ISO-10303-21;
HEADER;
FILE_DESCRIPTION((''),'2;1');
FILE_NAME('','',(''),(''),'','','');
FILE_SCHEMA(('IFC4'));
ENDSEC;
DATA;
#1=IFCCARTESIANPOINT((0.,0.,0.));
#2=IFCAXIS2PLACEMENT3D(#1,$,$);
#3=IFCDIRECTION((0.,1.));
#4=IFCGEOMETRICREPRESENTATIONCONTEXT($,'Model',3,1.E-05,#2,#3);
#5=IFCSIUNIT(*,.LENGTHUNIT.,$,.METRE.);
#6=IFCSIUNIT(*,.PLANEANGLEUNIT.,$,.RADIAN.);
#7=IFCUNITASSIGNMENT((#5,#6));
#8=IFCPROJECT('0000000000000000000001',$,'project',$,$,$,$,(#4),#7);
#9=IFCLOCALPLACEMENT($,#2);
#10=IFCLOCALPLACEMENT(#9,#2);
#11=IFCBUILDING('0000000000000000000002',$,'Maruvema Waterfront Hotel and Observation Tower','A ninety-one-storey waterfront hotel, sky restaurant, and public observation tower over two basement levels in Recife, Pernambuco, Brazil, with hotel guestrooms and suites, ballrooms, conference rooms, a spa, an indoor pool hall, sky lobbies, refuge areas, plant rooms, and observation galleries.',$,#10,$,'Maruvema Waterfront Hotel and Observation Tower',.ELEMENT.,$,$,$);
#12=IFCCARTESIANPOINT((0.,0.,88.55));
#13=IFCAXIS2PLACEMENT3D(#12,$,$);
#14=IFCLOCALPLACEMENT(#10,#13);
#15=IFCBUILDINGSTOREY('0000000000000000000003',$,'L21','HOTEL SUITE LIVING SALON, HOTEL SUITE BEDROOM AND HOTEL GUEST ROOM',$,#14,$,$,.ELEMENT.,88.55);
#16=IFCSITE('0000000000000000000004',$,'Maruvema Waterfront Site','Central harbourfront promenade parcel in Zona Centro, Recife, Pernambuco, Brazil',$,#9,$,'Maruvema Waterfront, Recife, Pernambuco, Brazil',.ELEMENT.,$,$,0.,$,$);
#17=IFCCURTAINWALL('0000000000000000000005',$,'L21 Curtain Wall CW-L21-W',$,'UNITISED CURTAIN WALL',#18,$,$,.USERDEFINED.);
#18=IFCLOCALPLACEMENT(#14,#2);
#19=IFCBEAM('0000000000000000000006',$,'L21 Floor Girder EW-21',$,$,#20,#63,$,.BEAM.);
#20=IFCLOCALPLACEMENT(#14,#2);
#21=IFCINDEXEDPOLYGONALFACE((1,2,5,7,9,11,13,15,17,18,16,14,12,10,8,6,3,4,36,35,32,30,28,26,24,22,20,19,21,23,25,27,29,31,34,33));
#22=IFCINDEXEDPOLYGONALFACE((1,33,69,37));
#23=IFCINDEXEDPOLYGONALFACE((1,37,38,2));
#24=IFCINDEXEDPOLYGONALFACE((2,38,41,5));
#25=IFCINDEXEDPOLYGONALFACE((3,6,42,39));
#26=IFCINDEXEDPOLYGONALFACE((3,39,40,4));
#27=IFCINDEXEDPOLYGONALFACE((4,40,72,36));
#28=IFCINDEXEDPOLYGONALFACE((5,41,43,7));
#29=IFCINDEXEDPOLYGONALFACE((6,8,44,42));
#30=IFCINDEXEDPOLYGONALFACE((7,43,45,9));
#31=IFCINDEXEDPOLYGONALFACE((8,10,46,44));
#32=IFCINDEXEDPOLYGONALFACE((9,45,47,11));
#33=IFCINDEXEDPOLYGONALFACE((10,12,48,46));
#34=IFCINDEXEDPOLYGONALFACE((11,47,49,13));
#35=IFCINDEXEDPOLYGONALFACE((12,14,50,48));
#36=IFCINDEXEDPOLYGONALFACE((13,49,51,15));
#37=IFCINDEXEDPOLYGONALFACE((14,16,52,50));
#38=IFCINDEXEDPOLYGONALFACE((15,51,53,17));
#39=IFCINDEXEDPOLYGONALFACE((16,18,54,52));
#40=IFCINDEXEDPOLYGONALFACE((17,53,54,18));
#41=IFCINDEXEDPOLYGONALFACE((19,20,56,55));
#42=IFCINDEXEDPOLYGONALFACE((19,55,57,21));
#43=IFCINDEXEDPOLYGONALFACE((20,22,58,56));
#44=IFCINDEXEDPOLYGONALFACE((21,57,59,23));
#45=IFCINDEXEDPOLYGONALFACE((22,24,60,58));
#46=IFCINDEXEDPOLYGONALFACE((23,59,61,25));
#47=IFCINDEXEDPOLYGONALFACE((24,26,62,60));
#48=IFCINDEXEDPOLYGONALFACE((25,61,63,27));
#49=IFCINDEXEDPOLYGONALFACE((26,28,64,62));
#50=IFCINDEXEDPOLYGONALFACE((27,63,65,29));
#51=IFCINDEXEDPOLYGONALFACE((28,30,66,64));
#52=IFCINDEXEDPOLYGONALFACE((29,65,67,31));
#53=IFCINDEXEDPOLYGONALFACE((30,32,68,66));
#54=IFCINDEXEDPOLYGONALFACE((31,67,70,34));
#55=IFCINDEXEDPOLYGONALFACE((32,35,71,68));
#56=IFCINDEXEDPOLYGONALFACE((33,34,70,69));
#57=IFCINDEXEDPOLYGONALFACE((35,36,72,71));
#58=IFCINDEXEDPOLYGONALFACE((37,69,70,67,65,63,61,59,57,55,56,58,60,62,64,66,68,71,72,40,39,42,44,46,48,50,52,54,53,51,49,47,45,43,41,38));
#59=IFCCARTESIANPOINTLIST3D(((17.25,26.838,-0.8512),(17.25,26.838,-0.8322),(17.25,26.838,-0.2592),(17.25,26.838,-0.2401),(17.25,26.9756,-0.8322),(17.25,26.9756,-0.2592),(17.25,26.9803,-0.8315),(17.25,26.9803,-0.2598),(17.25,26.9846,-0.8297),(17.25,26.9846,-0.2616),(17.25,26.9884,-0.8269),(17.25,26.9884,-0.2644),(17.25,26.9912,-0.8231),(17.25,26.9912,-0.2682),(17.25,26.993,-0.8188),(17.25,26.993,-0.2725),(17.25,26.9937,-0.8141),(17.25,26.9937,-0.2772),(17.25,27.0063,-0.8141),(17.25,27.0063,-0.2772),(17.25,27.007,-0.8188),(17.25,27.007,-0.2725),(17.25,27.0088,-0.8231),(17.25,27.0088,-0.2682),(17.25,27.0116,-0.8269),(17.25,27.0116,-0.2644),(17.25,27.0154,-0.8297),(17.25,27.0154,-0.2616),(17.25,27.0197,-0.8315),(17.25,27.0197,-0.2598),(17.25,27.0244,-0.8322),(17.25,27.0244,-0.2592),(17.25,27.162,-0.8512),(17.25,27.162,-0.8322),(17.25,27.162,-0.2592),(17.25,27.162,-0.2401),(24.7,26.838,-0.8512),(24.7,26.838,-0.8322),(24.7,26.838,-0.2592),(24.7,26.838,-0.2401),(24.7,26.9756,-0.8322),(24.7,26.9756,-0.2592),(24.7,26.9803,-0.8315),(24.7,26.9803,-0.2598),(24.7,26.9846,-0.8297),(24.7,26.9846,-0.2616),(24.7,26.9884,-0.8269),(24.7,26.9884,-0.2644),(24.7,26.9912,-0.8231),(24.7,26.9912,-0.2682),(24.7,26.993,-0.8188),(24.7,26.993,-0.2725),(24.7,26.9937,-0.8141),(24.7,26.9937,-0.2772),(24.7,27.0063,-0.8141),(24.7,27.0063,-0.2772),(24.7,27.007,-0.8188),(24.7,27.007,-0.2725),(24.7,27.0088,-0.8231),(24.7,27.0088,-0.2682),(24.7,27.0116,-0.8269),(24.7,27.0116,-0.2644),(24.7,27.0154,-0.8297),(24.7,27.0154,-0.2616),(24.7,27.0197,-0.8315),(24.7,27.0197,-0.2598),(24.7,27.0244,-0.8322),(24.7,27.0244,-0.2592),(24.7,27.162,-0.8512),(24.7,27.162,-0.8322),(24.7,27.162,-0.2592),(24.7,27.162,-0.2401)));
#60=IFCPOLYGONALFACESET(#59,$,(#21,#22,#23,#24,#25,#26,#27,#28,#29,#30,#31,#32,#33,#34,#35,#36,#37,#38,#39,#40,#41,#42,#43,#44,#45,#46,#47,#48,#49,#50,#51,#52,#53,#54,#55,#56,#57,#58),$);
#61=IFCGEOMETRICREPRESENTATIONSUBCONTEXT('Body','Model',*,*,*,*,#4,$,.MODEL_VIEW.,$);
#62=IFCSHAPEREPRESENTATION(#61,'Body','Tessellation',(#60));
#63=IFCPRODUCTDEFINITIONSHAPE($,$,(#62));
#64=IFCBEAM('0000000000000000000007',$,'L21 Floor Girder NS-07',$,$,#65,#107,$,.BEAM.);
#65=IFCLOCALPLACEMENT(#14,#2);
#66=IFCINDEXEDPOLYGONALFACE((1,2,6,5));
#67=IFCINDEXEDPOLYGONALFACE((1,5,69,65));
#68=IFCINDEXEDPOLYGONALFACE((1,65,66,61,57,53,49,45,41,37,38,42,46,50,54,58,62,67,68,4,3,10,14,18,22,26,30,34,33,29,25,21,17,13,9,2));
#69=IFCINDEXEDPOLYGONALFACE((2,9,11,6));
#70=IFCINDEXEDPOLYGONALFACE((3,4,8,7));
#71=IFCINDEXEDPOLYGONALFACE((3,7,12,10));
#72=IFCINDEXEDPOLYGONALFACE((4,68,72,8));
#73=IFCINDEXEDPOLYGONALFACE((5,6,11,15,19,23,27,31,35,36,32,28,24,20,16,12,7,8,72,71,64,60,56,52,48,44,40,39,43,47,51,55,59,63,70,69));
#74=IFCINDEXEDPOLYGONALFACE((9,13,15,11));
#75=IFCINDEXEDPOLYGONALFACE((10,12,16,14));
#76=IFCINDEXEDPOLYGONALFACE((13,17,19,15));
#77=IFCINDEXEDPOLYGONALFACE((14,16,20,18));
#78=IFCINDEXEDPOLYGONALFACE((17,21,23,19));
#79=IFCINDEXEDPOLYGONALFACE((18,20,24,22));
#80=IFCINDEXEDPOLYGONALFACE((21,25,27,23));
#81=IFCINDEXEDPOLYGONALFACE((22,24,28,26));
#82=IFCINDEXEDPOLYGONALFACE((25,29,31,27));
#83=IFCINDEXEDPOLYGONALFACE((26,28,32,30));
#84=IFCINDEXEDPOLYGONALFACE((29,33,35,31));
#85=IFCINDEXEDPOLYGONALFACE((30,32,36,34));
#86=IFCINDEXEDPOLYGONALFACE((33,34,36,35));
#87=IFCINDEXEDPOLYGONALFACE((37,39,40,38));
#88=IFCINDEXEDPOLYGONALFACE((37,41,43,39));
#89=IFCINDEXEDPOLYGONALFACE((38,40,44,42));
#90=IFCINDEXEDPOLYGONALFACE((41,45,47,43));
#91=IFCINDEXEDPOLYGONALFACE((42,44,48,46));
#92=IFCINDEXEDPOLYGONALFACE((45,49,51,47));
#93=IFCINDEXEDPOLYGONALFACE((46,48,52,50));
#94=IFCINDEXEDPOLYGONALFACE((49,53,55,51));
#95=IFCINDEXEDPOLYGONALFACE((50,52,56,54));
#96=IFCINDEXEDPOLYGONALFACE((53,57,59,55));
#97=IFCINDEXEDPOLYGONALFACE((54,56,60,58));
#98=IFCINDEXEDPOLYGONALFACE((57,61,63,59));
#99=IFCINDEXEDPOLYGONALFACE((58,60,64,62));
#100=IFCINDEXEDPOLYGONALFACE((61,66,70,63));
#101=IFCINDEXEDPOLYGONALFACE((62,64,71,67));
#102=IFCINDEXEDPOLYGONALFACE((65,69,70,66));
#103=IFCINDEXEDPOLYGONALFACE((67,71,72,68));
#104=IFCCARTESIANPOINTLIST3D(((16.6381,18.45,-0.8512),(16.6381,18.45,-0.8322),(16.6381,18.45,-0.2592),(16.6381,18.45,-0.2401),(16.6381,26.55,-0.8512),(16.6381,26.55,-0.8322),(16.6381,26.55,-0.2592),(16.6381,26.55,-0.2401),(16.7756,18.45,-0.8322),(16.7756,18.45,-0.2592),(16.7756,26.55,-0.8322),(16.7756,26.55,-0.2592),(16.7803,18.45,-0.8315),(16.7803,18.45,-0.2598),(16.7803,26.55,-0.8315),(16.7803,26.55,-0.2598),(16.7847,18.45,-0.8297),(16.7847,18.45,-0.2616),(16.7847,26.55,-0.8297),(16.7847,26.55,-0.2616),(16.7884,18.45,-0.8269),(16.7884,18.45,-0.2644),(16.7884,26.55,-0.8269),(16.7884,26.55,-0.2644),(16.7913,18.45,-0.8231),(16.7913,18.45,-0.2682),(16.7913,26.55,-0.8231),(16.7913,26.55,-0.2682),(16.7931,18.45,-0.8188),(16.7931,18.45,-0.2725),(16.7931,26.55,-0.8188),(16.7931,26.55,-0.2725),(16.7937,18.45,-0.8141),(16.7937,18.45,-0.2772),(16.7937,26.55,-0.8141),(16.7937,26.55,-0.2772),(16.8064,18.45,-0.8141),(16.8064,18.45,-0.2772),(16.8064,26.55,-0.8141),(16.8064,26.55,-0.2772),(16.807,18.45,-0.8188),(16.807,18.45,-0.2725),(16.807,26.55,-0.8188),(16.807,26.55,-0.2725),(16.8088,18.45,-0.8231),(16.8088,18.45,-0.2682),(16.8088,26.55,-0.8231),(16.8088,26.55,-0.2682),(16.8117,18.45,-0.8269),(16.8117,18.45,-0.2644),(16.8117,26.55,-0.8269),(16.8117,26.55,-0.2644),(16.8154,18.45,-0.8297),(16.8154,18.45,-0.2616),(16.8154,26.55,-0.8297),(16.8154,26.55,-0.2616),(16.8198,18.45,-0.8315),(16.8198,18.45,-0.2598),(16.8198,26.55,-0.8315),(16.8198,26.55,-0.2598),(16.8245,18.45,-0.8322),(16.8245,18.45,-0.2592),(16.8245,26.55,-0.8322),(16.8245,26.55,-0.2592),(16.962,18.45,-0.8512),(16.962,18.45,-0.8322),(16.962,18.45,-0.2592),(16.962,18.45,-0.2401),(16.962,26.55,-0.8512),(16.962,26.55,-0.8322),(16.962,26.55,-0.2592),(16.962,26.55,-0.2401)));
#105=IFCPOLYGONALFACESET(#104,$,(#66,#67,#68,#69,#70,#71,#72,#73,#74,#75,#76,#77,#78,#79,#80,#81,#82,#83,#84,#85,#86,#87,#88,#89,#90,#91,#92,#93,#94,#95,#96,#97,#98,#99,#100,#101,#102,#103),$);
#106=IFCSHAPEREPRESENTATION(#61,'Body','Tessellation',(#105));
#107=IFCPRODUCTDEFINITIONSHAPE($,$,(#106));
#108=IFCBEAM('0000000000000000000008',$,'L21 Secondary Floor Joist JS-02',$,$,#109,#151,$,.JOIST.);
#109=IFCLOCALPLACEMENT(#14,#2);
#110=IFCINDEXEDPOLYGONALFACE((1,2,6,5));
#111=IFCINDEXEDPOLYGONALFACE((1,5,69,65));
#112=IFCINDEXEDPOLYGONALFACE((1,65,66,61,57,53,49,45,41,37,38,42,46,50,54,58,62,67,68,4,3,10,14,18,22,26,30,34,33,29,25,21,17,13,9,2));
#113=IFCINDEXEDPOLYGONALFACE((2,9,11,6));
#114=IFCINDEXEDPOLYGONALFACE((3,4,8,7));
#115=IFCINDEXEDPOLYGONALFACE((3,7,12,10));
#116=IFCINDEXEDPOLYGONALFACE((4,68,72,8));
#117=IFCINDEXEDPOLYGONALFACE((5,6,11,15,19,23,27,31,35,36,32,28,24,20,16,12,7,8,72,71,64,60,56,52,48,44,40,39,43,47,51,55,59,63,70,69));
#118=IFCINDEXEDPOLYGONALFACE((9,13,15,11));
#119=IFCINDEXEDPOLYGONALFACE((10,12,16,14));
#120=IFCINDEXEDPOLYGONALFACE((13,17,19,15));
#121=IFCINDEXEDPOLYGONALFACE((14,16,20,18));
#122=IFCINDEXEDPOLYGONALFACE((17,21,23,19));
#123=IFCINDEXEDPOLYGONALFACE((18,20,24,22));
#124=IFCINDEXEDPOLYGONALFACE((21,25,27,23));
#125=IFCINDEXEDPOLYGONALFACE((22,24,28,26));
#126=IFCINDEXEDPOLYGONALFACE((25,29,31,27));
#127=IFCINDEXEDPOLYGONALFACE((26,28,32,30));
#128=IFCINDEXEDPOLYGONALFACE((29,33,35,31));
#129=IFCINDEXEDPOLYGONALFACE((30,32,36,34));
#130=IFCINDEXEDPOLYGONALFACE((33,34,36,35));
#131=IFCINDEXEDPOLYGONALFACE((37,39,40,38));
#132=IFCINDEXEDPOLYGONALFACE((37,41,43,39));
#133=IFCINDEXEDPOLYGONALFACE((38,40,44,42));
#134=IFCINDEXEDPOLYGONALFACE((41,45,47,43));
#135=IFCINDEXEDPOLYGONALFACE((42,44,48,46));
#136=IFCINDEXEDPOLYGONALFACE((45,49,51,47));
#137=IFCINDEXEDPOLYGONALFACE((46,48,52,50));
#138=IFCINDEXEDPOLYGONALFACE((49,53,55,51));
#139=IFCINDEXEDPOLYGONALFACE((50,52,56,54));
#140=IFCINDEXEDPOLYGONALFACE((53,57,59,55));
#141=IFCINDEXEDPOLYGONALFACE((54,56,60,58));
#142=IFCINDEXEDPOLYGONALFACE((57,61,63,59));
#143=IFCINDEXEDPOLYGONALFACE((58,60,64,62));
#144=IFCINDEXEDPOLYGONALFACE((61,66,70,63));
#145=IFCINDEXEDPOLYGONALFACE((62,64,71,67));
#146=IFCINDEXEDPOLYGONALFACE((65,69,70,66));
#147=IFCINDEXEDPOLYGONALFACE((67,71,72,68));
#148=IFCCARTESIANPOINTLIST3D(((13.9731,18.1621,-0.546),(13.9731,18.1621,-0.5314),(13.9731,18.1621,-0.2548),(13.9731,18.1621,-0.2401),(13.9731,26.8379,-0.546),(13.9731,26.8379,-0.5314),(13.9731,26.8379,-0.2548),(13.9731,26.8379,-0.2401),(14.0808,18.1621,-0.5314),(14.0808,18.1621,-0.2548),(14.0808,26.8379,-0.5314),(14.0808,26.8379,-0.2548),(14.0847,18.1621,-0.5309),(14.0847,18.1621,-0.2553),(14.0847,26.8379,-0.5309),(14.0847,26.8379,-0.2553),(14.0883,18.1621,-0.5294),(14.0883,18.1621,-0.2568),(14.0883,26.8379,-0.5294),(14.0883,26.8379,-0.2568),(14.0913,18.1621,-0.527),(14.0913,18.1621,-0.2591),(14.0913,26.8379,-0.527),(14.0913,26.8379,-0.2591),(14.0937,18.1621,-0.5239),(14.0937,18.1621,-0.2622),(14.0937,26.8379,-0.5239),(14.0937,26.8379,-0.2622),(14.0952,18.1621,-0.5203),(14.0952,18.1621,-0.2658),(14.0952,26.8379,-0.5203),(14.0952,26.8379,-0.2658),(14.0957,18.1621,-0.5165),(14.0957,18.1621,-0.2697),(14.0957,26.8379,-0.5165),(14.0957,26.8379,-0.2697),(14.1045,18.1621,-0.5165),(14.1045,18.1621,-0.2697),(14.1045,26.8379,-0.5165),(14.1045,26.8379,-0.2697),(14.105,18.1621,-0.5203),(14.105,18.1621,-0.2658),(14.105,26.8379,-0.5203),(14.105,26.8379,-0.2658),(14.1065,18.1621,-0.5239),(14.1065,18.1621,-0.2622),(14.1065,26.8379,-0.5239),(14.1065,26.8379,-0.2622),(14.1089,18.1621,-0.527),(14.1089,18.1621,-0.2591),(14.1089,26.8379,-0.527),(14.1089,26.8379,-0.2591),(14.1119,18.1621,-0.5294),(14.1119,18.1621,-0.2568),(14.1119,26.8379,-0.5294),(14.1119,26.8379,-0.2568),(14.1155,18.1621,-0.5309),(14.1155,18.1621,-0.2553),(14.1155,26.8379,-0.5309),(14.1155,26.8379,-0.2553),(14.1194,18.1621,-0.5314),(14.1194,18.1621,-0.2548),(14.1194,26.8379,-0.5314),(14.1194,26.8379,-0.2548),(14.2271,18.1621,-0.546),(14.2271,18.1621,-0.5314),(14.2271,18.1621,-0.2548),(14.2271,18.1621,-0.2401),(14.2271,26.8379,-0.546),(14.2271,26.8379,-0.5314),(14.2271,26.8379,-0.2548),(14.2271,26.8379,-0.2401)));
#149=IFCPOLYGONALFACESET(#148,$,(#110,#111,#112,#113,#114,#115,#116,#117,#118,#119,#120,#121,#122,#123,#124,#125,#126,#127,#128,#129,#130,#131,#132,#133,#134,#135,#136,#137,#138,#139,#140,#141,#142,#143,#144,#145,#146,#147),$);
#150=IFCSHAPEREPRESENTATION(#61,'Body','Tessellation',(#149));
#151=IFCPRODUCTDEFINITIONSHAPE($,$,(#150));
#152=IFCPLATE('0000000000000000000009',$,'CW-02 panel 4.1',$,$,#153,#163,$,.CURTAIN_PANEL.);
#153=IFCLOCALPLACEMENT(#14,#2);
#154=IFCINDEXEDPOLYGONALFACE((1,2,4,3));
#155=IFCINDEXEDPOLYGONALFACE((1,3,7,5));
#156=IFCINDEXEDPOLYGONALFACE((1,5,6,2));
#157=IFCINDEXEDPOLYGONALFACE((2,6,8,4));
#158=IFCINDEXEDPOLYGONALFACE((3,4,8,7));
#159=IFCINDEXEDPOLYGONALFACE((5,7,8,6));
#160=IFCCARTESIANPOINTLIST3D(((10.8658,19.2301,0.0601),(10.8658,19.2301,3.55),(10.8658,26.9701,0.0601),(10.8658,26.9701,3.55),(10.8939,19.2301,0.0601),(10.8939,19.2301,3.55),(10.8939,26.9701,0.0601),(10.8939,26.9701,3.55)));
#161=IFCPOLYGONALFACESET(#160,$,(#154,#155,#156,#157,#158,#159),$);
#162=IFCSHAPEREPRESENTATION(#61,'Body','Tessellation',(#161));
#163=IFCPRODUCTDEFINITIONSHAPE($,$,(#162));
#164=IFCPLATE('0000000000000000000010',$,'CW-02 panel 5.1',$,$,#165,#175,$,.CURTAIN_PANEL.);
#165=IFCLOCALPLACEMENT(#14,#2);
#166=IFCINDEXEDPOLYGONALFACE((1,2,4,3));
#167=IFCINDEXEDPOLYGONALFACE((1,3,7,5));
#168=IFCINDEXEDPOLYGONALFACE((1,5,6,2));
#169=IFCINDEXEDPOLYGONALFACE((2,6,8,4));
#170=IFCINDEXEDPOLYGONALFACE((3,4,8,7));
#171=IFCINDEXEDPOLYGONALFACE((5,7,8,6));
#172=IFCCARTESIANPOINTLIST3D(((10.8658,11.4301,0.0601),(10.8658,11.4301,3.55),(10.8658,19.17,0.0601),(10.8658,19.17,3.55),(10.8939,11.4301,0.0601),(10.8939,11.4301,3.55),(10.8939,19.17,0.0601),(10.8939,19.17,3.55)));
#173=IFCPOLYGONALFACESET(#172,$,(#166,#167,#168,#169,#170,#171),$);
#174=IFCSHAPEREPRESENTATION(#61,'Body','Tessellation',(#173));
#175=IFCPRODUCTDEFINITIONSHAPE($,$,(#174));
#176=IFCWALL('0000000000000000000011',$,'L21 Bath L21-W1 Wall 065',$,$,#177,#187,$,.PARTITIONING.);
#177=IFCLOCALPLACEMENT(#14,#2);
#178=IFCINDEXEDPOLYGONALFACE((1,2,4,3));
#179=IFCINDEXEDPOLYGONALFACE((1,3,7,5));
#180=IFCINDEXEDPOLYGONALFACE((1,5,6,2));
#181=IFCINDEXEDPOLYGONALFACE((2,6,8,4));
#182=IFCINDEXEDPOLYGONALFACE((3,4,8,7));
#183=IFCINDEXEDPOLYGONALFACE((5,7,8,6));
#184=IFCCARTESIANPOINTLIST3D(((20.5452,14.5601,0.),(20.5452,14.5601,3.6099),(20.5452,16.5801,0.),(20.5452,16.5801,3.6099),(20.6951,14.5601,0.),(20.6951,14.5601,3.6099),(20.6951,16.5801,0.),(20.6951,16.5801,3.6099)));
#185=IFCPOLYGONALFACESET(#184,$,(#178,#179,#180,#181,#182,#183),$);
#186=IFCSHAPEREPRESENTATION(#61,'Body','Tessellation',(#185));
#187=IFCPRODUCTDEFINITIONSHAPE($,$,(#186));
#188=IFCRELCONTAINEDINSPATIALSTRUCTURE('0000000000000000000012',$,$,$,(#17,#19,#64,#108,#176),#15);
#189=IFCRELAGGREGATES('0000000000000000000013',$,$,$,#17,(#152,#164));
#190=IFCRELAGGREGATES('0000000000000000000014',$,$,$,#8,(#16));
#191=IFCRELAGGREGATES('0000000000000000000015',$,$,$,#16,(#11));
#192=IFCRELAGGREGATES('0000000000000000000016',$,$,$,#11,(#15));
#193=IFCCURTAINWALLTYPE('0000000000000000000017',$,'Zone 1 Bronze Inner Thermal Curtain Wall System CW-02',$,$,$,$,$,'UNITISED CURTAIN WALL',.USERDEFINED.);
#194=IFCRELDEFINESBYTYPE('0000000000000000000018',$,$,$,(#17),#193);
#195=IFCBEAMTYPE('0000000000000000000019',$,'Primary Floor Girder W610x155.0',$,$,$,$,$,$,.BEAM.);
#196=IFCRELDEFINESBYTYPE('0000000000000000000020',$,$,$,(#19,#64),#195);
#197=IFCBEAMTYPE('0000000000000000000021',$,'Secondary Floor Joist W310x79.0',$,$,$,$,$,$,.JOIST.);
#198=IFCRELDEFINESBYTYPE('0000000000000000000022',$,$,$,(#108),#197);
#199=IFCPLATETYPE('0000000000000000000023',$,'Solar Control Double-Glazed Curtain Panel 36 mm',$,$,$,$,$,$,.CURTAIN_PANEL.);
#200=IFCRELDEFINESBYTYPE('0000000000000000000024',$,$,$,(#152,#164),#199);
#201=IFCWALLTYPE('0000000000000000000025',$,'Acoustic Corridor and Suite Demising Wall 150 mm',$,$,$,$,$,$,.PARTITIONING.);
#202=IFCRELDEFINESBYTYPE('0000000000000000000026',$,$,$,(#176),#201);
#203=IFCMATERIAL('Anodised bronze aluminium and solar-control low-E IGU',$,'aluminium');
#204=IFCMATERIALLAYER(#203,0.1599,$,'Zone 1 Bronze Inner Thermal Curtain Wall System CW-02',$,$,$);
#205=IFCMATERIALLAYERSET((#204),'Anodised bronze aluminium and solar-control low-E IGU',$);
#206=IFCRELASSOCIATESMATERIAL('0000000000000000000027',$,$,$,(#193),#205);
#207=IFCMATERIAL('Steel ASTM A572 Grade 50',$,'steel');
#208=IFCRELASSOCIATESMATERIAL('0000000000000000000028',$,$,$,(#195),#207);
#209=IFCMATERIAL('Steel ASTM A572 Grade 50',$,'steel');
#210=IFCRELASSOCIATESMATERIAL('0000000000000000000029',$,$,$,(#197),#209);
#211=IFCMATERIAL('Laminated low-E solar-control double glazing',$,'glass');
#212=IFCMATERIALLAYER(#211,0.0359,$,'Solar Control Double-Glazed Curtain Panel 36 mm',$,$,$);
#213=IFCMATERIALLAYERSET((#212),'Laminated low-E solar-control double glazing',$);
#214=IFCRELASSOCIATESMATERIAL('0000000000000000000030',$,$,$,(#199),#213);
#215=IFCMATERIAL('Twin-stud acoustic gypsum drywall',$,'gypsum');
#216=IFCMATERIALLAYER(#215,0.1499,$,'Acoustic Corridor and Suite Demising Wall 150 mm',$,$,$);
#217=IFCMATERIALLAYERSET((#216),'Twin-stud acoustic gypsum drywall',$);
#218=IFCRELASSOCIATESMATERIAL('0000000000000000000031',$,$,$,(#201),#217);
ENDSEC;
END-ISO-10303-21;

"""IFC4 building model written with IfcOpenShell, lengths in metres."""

from ifc_helpers import new_model, si_unit, direction, frame, frame_2d, origin, origin_2d, place, context, subcontext, project, spatial, rectangle, i_section, extrude, material, layer, layer_set, material_profile, profile_set, type_object, element, aggregate, save


model = new_model("IFC4")

# Units and contexts
model_context = context("Model", 3, precision=1e-05, world=origin(), true_north=direction((0.0, 1.0)))
body_context = subcontext(model_context, "Body", "Model", "MODEL_VIEW")
ifc_project = project(units=[si_unit("LENGTHUNIT", "METRE"), si_unit("PLANEANGLEUNIT", "RADIAN")], contexts=[model_context])

# Site, building, storey
site_placement = place(None, origin())
site = spatial("IfcSite", under=ifc_project, at=site_placement, Name="Maruvema Waterfront Site", Description="Central harbourfront promenade parcel in Zona Centro, Recife, Pernambuco, Brazil", LongName="Maruvema Waterfront, Recife, Pernambuco, Brazil", CompositionType="ELEMENT", RefElevation=0.0)
building_placement = place(site_placement, origin())
building = spatial("IfcBuilding", under=site, at=building_placement, Name="Maruvema Waterfront Hotel and Observation Tower", Description="A ninety-one-storey waterfront hotel, sky restaurant, and public observation tower over two basement levels in Recife, Pernambuco, Brazil, with hotel guestrooms and suites, ballrooms, conference rooms, a spa, an indoor pool hall, sky lobbies, refuge areas, plant rooms, and observation galleries.", LongName="Maruvema Waterfront Hotel and Observation Tower", CompositionType="ELEMENT")
storey_placement = place(building_placement, frame((0.0, 0.0, 88.55)))
storey = spatial("IfcBuildingStorey", under=building, at=storey_placement, Name="L21", Description="HOTEL SUITE LIVING SALON, HOTEL SUITE BEDROOM AND HOTEL GUEST ROOM", CompositionType="ELEMENT", Elevation=88.55)

# Curtain wall
ifc_material_1 = material(Name="Anodised bronze aluminium and solar-control low-E IGU", Category="aluminium")
ifc_layer_1 = layer(ifc_material_1, 0.1599, Name="Zone 1 Bronze Inner Thermal Curtain Wall System CW-02")
ifc_layer_set_1 = layer_set([ifc_layer_1], Name="Anodised bronze aluminium and solar-control low-E IGU")
curtain_wall_type = type_object("IfcCurtainWallType", Name="Zone 1 Bronze Inner Thermal Curtain Wall System CW-02", ElementType="UNITISED CURTAIN WALL", PredefinedType="USERDEFINED", material=ifc_layer_set_1)
curtain_wall_placement = place(storey_placement, origin())
curtain_wall = element("IfcCurtainWall", 1, at=curtain_wall_placement, inside=storey, type_object=curtain_wall_type, Name="L21 Curtain Wall CW-L21-W", ObjectType="UNITISED CURTAIN WALL", PredefinedType="USERDEFINED")

# Beams
ifc_material_2 = material(Name="Steel ASTM A572 Grade 50", Category="steel")
ifc_material_profile_1 = material_profile(ifc_material_2, i_section(OverallWidth=0.324, OverallDepth=0.6111, WebThickness=0.0127, FlangeThickness=0.019, FilletRadius=0.0181, at=origin_2d()), Name="W610x155.0")
ifc_profile_set_1 = profile_set([ifc_material_profile_1], Name="Steel ASTM A572 Grade 50")
beam_type_1 = type_object("IfcBeamType", Name="Primary Floor Girder W610x155.0", PredefinedType="BEAM", material=ifc_profile_set_1)
beam_1_placement = place(storey_placement, frame((17.25, 27.0, -0.5457), z_axis=(1.0, 0.0, 0.0), x_axis=(0.0, 1.0, 0.0)))
element("IfcBeam", 2, at=beam_1_placement, inside=storey, type_object=beam_type_1, Name="L21 Floor Girder EW-21", PredefinedType="BEAM", context=body_context, shape_type="SweptSolid", body=[
    extrude(i_section(OverallWidth=0.324, OverallDepth=0.6111, WebThickness=0.0127, FlangeThickness=0.019, FilletRadius=0.0181, at=origin_2d()), origin(), (0.0, 0.0, 1.0), 7.45),
])
beam_2_placement = place(storey_placement, frame((16.8, 18.45, -0.5457), z_axis=(0.0, 1.0, 0.0), x_axis=(-1.0, 0.0, 0.0)))
element("IfcBeam", 3, at=beam_2_placement, inside=storey, type_object=beam_type_1, Name="L21 Floor Girder NS-07", PredefinedType="BEAM", context=body_context, shape_type="SweptSolid", body=[
    extrude(i_section(OverallWidth=0.324, OverallDepth=0.6111, WebThickness=0.0127, FlangeThickness=0.019, FilletRadius=0.0181, at=origin_2d()), origin(), (0.0, 0.0, 1.0), 8.1001),
])
ifc_material_3 = material(Name="Steel ASTM A572 Grade 50", Category="steel")
ifc_material_profile_2 = material_profile(ifc_material_3, i_section(OverallWidth=0.2539, OverallDepth=0.3059, WebThickness=0.0088, FlangeThickness=0.0146, FilletRadius=0.0149, at=origin_2d()), Name="W310x79.0")
ifc_profile_set_2 = profile_set([ifc_material_profile_2], Name="Steel ASTM A572 Grade 50")
beam_type_2 = type_object("IfcBeamType", Name="Secondary Floor Joist W310x79.0", PredefinedType="JOIST", material=ifc_profile_set_2)
beam_3_placement = place(storey_placement, frame((14.1001, 18.1621, -0.3931), z_axis=(0.0, 1.0, 0.0), x_axis=(-1.0, 0.0, 0.0)))
element("IfcBeam", 4, at=beam_3_placement, inside=storey, type_object=beam_type_2, Name="L21 Secondary Floor Joist JS-02", PredefinedType="JOIST", context=body_context, shape_type="SweptSolid", body=[
    extrude(i_section(OverallWidth=0.2539, OverallDepth=0.3059, WebThickness=0.0088, FlangeThickness=0.0146, FilletRadius=0.0149, at=origin_2d()), origin(), (0.0, 0.0, 1.0), 8.6758),
])

# Plates
ifc_material_4 = material(Name="Laminated low-E solar-control double glazing", Category="glass")
ifc_layer_2 = layer(ifc_material_4, 0.0359, Name="Solar Control Double-Glazed Curtain Panel 36 mm")
ifc_layer_set_2 = layer_set([ifc_layer_2], Name="Laminated low-E solar-control double glazing")
plate_type = type_object("IfcPlateType", Name="Solar Control Double-Glazed Curtain Panel 36 mm", PredefinedType="CURTAIN_PANEL", material=ifc_layer_set_2)
plate_1_placement = place(storey_placement, frame((10.8799, 23.1001, 0.0601), z_axis=(0.0, 0.0, 1.0), x_axis=(0.0, -1.0, 0.0)))
plate_1 = element("IfcPlate", 5, at=plate_1_placement, type_object=plate_type, Name="CW-02 panel 4.1", PredefinedType="CURTAIN_PANEL", context=body_context, shape_type="SweptSolid", body=[
    extrude(rectangle(XDim=7.74, YDim=0.0281, at=origin_2d()), origin(), (0.0, 0.0, 1.0), 3.49),
])
plate_2_placement = place(storey_placement, frame((10.8799, 15.3, 0.0601), z_axis=(0.0, 0.0, 1.0), x_axis=(0.0, -1.0, 0.0)))
plate_2 = element("IfcPlate", 6, at=plate_2_placement, type_object=plate_type, Name="CW-02 panel 5.1", PredefinedType="CURTAIN_PANEL", context=body_context, shape_type="SweptSolid", body=[
    extrude(rectangle(XDim=7.74, YDim=0.0281, at=origin_2d()), origin(), (0.0, 0.0, 1.0), 3.49),
])
aggregate(curtain_wall, [plate_1, plate_2])

# Wall
ifc_material_5 = material(Name="Twin-stud acoustic gypsum drywall", Category="gypsum")
ifc_layer_3 = layer(ifc_material_5, 0.1499, Name="Acoustic Corridor and Suite Demising Wall 150 mm")
ifc_layer_set_3 = layer_set([ifc_layer_3], Name="Twin-stud acoustic gypsum drywall")
wall_type_1 = type_object("IfcWallType", Name="Acoustic Corridor and Suite Demising Wall 150 mm", PredefinedType="PARTITIONING", material=ifc_layer_set_3)
wall_1_placement = place(storey_placement, frame((20.6201, 14.5601, 0.0), z_axis=(0.0, 0.0, 1.0), x_axis=(0.0, 1.0, 0.0)))
element("IfcWall", 7, at=wall_1_placement, inside=storey, type_object=wall_type_1, Name="L21 Bath L21-W1 Wall 065", PredefinedType="PARTITIONING", context=body_context, shape_type="SweptSolid", body=[
    extrude(rectangle(XDim=2.02, YDim=0.1499, at=frame_2d((1.01, 0.0))), origin(), (0.0, 0.0, 1.0), 3.6099),
])

save(model, "model.ifc")
